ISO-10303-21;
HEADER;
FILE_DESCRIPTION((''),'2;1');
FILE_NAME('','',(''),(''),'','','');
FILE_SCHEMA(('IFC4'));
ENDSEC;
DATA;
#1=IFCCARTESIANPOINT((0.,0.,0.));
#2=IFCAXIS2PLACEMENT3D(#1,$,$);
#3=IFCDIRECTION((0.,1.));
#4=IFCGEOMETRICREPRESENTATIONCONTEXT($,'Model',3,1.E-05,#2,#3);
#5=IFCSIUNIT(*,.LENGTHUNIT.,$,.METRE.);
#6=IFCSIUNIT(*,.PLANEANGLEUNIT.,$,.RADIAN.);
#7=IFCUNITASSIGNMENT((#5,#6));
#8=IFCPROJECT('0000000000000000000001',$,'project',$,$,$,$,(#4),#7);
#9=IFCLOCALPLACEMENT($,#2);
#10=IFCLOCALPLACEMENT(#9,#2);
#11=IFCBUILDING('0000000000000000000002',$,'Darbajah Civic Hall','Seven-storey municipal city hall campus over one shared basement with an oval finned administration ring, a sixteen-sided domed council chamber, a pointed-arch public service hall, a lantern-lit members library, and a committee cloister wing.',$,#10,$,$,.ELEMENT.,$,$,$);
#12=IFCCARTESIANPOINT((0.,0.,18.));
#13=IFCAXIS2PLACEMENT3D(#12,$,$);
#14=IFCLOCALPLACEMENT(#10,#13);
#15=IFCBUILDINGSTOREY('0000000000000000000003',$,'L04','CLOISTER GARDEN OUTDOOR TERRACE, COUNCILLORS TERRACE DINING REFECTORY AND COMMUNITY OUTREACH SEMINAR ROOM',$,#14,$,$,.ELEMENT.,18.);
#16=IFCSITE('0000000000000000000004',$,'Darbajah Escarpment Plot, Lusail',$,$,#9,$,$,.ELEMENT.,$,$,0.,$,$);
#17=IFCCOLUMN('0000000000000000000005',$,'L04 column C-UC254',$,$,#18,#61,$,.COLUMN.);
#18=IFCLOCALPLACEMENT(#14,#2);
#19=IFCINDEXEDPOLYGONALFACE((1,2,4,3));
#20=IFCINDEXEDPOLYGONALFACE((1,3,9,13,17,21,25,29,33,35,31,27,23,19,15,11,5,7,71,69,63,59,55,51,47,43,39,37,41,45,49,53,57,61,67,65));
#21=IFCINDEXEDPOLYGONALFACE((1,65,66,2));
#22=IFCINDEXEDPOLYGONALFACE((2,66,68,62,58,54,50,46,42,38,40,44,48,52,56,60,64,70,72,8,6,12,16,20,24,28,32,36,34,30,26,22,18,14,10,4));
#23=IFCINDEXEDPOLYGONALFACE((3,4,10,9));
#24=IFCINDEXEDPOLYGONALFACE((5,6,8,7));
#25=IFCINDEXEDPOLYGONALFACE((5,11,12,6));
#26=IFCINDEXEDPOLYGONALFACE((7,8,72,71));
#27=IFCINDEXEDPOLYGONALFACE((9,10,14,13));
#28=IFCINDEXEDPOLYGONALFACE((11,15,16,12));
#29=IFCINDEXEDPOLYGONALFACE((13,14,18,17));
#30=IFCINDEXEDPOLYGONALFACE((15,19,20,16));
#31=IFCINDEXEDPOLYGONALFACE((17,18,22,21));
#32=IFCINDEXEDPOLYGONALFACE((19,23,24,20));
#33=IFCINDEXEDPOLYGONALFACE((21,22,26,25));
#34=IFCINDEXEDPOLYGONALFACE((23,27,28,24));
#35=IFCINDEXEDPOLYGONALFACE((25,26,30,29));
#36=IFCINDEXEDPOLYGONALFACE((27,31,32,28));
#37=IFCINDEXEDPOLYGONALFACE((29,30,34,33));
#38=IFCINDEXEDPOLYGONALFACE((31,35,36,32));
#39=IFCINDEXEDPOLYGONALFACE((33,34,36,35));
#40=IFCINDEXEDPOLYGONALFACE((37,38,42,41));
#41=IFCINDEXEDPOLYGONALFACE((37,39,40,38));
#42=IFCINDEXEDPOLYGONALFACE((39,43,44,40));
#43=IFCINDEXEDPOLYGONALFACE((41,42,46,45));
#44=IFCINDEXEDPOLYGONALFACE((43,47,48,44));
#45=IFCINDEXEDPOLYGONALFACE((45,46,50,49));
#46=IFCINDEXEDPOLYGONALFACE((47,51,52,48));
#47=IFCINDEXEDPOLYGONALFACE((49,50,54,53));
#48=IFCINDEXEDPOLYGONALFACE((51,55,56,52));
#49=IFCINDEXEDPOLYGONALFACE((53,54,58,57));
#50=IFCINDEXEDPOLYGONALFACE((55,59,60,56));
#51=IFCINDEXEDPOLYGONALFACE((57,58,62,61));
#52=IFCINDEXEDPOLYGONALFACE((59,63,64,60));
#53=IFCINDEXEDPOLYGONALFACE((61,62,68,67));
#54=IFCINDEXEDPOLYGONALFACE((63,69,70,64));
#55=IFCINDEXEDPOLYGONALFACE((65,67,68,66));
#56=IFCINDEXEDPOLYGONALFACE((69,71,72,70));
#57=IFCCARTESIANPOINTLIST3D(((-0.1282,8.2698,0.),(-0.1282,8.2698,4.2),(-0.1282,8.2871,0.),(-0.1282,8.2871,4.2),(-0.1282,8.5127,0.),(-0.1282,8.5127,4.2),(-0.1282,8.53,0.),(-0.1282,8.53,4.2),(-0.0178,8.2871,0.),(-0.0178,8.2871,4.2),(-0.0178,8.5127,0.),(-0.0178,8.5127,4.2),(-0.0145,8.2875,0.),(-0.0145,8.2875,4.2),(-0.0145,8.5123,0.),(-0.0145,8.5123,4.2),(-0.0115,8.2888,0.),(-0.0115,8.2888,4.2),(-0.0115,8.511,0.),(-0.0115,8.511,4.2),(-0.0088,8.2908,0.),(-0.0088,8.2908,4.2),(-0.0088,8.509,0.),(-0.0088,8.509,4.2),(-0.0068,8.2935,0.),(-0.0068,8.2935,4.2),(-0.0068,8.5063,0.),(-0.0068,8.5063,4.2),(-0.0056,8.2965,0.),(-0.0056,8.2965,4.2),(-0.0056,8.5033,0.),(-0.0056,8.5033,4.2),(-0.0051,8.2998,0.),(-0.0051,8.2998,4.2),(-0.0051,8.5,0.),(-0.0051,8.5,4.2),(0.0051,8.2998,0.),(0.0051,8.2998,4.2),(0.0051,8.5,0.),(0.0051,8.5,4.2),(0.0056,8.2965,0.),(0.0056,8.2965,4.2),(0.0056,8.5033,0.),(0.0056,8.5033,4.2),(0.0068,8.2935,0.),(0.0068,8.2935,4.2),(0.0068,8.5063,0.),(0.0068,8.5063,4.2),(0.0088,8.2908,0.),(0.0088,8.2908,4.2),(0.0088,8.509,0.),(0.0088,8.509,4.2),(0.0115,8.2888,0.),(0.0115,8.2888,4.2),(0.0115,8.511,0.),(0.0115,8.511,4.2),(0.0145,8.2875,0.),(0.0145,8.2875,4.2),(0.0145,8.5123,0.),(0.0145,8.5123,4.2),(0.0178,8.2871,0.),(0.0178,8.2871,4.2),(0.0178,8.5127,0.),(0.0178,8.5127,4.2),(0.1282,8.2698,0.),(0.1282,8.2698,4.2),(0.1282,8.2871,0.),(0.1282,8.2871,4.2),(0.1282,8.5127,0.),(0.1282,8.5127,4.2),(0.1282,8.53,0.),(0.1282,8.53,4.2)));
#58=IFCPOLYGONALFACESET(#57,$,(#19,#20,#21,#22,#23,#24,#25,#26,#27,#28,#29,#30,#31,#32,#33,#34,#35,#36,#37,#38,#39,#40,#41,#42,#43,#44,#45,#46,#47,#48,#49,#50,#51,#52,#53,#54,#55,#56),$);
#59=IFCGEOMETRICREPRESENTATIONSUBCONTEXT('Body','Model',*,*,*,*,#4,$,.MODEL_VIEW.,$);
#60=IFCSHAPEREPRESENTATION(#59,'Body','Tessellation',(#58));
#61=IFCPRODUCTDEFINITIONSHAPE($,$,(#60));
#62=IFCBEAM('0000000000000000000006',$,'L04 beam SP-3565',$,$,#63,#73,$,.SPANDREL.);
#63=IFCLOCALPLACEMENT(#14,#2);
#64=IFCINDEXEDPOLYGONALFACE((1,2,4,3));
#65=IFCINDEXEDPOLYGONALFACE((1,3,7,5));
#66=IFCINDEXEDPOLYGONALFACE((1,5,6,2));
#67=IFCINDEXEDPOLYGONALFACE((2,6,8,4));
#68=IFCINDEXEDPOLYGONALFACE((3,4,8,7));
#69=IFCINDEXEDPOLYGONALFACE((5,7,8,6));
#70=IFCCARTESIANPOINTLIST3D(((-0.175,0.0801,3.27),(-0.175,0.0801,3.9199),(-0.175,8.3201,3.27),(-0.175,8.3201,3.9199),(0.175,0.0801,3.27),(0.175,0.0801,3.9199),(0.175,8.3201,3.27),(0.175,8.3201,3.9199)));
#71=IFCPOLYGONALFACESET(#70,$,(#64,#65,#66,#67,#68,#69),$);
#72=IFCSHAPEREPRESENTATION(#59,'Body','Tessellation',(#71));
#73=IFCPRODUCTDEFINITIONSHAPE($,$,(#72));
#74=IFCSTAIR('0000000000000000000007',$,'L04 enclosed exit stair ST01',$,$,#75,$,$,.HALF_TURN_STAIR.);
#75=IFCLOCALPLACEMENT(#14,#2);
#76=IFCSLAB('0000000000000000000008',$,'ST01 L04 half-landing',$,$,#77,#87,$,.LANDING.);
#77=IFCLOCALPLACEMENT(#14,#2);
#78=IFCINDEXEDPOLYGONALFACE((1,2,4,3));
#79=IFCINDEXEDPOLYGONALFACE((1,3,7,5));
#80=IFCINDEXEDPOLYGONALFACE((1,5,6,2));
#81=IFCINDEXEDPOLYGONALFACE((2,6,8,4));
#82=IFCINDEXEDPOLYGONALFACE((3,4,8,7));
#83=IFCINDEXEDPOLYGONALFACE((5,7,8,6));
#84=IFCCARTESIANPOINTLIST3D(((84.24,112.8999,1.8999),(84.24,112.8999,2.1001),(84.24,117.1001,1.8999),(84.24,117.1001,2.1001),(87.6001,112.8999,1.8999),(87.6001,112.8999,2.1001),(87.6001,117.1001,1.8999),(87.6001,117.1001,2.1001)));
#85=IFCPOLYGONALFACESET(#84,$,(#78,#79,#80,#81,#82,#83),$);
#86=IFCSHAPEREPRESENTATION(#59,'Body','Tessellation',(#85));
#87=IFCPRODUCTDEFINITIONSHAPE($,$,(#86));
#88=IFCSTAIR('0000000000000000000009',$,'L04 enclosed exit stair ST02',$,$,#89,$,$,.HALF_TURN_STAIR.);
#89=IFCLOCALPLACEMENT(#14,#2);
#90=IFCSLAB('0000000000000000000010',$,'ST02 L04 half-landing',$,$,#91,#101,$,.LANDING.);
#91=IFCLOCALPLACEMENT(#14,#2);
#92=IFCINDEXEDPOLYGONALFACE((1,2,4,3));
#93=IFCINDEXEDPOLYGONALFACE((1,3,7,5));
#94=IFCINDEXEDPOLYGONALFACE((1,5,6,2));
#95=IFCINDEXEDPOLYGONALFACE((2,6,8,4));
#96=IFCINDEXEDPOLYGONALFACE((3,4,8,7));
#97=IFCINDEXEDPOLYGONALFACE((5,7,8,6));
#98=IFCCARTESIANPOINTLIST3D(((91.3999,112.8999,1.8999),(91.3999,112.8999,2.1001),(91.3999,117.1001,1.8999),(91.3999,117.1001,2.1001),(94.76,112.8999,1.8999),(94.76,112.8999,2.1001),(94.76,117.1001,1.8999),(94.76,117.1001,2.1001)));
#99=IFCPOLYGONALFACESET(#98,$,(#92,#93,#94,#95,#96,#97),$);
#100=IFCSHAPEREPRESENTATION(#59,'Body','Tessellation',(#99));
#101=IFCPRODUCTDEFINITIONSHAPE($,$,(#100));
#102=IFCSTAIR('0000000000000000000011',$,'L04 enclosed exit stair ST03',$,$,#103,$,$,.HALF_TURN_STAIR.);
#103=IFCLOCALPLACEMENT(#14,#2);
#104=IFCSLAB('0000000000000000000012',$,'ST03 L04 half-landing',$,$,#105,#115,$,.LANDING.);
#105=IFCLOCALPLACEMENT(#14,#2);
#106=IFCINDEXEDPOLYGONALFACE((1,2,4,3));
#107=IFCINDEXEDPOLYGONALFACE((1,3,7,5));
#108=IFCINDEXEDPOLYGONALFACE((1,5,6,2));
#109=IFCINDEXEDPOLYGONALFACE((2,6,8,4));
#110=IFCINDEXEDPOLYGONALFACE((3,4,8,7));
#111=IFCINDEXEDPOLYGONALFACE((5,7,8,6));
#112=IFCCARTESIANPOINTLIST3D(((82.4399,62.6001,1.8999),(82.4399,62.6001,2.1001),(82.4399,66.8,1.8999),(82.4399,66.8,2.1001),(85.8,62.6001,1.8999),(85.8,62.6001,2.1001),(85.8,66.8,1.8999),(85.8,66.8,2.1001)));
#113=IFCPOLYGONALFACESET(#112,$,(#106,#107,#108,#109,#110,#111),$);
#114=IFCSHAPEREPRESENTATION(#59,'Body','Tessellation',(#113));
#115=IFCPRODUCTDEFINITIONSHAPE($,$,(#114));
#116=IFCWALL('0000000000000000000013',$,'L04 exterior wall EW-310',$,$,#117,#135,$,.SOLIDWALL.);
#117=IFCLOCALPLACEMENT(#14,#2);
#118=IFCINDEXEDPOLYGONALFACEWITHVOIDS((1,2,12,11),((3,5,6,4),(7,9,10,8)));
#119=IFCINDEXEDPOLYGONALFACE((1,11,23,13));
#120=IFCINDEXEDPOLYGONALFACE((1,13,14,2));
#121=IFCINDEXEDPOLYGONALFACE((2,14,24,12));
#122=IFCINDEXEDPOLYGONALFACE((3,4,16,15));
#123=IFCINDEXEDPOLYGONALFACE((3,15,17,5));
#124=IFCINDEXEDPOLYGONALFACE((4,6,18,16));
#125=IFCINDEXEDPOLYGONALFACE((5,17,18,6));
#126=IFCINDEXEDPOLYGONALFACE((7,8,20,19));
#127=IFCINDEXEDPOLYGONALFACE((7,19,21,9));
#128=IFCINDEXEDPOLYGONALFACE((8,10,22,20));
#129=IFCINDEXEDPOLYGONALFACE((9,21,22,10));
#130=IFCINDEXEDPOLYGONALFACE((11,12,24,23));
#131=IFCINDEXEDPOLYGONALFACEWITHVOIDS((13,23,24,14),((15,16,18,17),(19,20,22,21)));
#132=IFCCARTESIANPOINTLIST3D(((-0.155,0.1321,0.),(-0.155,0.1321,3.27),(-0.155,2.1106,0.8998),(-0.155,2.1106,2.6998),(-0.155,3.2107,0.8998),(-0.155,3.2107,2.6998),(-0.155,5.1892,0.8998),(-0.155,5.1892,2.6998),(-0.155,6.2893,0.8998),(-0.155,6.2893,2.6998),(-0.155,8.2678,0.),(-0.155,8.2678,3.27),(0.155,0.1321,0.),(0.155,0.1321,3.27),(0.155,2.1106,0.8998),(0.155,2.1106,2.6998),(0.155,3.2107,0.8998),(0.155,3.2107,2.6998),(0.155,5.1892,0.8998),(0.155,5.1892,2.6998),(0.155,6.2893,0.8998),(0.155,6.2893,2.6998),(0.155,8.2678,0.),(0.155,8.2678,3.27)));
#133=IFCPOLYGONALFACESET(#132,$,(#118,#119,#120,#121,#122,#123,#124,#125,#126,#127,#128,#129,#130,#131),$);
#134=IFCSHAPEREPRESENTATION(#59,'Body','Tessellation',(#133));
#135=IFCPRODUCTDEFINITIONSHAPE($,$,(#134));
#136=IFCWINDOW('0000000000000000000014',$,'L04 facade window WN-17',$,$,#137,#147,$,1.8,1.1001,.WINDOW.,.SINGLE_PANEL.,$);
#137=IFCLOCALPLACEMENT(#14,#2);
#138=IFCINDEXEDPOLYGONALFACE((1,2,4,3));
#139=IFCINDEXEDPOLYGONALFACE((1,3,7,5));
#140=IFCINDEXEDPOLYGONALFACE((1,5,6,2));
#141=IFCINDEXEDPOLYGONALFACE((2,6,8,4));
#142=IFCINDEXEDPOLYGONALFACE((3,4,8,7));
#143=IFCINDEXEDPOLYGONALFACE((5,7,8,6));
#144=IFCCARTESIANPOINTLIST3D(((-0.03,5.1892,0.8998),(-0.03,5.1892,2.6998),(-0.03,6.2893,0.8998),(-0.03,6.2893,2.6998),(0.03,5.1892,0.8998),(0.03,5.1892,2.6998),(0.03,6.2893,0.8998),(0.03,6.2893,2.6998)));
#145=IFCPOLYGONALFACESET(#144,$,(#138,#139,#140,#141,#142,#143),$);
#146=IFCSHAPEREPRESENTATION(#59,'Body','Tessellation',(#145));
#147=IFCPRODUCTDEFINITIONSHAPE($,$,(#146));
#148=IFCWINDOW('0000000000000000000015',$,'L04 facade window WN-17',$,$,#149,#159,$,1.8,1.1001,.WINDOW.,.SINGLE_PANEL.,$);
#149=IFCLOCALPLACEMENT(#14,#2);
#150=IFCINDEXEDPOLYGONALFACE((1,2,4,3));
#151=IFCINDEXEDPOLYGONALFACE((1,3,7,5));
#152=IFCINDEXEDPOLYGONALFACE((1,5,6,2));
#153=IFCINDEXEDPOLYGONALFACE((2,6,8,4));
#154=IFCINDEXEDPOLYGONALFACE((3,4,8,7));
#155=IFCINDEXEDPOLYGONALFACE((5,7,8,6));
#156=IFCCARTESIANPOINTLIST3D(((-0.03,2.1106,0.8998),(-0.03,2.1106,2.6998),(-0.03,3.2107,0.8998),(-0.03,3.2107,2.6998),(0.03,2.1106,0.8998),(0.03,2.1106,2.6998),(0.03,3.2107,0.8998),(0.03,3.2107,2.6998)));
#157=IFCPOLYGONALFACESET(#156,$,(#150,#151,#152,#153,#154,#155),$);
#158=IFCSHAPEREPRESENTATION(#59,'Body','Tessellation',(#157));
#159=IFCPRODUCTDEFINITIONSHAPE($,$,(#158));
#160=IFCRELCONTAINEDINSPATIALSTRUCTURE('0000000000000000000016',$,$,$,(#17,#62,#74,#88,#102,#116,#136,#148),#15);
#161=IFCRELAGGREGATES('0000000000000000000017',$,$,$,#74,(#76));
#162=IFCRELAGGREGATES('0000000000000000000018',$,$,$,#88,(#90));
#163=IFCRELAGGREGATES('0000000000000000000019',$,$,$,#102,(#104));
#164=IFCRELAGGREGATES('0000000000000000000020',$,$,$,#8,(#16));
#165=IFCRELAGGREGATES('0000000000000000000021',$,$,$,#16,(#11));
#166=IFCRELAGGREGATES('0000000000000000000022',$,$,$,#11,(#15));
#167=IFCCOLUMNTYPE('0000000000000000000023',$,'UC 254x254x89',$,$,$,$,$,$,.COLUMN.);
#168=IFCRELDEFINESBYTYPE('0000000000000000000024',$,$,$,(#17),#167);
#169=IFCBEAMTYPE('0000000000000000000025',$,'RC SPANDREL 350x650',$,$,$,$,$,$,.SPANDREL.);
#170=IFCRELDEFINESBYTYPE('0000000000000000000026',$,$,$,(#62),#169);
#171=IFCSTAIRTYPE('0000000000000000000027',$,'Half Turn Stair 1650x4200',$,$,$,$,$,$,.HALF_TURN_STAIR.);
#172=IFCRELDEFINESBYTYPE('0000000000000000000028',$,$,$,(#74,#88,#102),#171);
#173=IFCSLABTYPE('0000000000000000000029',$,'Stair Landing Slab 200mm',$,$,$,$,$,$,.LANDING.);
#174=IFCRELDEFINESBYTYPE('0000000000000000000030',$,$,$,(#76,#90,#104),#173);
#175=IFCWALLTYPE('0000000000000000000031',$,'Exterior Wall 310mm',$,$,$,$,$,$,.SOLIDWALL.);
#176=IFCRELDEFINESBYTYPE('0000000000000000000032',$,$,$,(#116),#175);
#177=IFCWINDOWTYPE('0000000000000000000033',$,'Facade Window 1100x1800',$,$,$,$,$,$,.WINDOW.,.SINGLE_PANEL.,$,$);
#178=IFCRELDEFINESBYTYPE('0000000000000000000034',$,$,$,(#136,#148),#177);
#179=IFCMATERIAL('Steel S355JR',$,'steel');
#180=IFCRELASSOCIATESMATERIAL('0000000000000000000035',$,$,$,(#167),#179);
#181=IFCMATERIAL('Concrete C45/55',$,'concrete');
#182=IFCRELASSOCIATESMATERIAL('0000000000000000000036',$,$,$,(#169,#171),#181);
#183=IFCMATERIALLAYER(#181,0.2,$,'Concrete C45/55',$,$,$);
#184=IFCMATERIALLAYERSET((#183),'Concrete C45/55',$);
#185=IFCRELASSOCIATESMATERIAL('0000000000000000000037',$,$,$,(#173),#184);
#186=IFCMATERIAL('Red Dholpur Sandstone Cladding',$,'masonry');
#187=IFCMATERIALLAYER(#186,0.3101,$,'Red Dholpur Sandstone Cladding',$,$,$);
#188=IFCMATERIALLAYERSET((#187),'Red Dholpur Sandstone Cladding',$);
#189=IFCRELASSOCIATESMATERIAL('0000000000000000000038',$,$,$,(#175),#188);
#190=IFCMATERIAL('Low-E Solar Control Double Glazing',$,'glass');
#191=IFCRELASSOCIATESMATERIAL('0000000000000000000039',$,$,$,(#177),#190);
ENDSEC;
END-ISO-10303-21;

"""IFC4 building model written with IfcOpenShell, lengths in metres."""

from ifc_helpers import new_model, si_unit, direction, frame, frame_2d, origin, origin_2d, place, context, subcontext, project, spatial, polyline, rectangle, i_section, outline, extrude, material, layer, layer_set, material_profile, profile_set, type_object, element, fill, aggregate, save


model = new_model("IFC4")

# Units and contexts
model_context = context("Model", 3, precision=1e-05, world=origin(), true_north=direction((0.0, 1.0)))
body_context = subcontext(model_context, "Body", "Model", "MODEL_VIEW")
ifc_project = project(units=[si_unit("LENGTHUNIT", "METRE"), si_unit("PLANEANGLEUNIT", "RADIAN")], contexts=[model_context])

# Site, building, storey
site_placement = place(None, origin())
site = spatial("IfcSite", under=ifc_project, at=site_placement, Name="Darbajah Escarpment Plot, Lusail", CompositionType="ELEMENT", RefElevation=0.0)
building_placement = place(site_placement, origin())
building = spatial("IfcBuilding", under=site, at=building_placement, Name="Darbajah Civic Hall", Description="Seven-storey municipal city hall campus over one shared basement with an oval finned administration ring, a sixteen-sided domed council chamber, a pointed-arch public service hall, a lantern-lit members library, and a committee cloister wing.", CompositionType="ELEMENT")
storey_placement = place(building_placement, frame((0.0, 0.0, 18.0)))
storey = spatial("IfcBuildingStorey", under=building, at=storey_placement, Name="L04", Description="CLOISTER GARDEN OUTDOOR TERRACE, COUNCILLORS TERRACE DINING REFECTORY AND COMMUNITY OUTREACH SEMINAR ROOM", CompositionType="ELEMENT", Elevation=18.0)

# Column
ifc_material_1 = material(Name="Steel S355JR", Category="steel")
ifc_material_profile_1 = material_profile(ifc_material_1, i_section(OverallWidth=0.2563, OverallDepth=0.2603, WebThickness=0.0103, FlangeThickness=0.0173, FilletRadius=0.0127, at=origin_2d()), Name="UC 254x254x89")
ifc_profile_set_1 = profile_set([ifc_material_profile_1], Name="Steel S355JR")
column_type = type_object("IfcColumnType", Name="UC 254x254x89", PredefinedType="COLUMN", material=ifc_profile_set_1)
column_placement = place(storey_placement, frame((0.0, 8.3999, 0.0), z_axis=(0.0, 0.0, 1.0), x_axis=(1.0, 0.0, 0.0)))
element("IfcColumn", 1, at=column_placement, inside=storey, type_object=column_type, Name="L04 column C-UC254", PredefinedType="COLUMN", context=body_context, shape_type="SweptSolid", body=[
    extrude(i_section(OverallWidth=0.2563, OverallDepth=0.2603, WebThickness=0.0103, FlangeThickness=0.0173, FilletRadius=0.0127, at=origin_2d()), origin(), (0.0, 0.0, 1.0), 4.2),
])

# Beam
ifc_material_2 = material(Name="Concrete C45/55", Category="concrete")
ifc_material_profile_2 = material_profile(ifc_material_2, rectangle(XDim=0.3501, YDim=0.6499, at=origin_2d()), Name="RC SPANDREL 350x650")
ifc_profile_set_2 = profile_set([ifc_material_profile_2], Name="Concrete C45/55")
beam_type = type_object("IfcBeamType", Name="RC SPANDREL 350x650", PredefinedType="SPANDREL", material=ifc_profile_set_2)
beam_placement = place(storey_placement, frame((0.0, 0.0801, 3.595), z_axis=(0.0, 1.0, 0.0), x_axis=(-1.0, 0.0, 0.0)))
element("IfcBeam", 2, at=beam_placement, inside=storey, type_object=beam_type, Name="L04 beam SP-3565", PredefinedType="SPANDREL", context=body_context, shape_type="SweptSolid", body=[
    extrude(rectangle(XDim=0.3501, YDim=0.6499, at=origin_2d()), origin(), (0.0, 0.0, 1.0), 8.24),
])

# Stairs, slabs
stair_type = type_object("IfcStairType", Name="Half Turn Stair 1650x4200", PredefinedType="HALF_TURN_STAIR", material=ifc_material_2)
stair_1_placement = place(storey_placement, origin())
stair_1 = element("IfcStair", 3, at=stair_1_placement, inside=storey, type_object=stair_type, Name="L04 enclosed exit stair ST01", PredefinedType="HALF_TURN_STAIR")
ifc_layer_1 = layer(ifc_material_2, 0.2, Name="Concrete C45/55")
ifc_layer_set_1 = layer_set([ifc_layer_1], Name="Concrete C45/55")
slab_type = type_object("IfcSlabType", Name="Stair Landing Slab 200mm", PredefinedType="LANDING", material=ifc_layer_set_1)
slab_1_placement = place(storey_placement, frame((0.0, 0.0, 1.8999)))
slab_1 = element("IfcSlab", 4, at=slab_1_placement, type_object=slab_type, Name="ST01 L04 half-landing", PredefinedType="LANDING", context=body_context, shape_type="SweptSolid", body=[
    extrude(outline(polyline([(84.24, 112.8999), (87.6001, 112.8999), (87.6001, 117.1001), (84.24, 117.1001), (84.24, 112.8999)])), origin(), (0.0, 0.0, 1.0), 0.2002),
])
aggregate(stair_1, [slab_1])
stair_2_placement = place(storey_placement, origin())
stair_2 = element("IfcStair", 5, at=stair_2_placement, inside=storey, type_object=stair_type, Name="L04 enclosed exit stair ST02", PredefinedType="HALF_TURN_STAIR")
slab_2_placement = place(storey_placement, frame((0.0, 0.0, 1.8999)))
slab_2 = element("IfcSlab", 6, at=slab_2_placement, type_object=slab_type, Name="ST02 L04 half-landing", PredefinedType="LANDING", context=body_context, shape_type="SweptSolid", body=[
    extrude(outline(polyline([(91.3999, 112.8999), (94.76, 112.8999), (94.76, 117.1001), (91.3999, 117.1001), (91.3999, 112.8999)])), origin(), (0.0, 0.0, 1.0), 0.2002),
])
aggregate(stair_2, [slab_2])
stair_3_placement = place(storey_placement, origin())
stair_3 = element("IfcStair", 7, at=stair_3_placement, inside=storey, type_object=stair_type, Name="L04 enclosed exit stair ST03", PredefinedType="HALF_TURN_STAIR")
slab_3_placement = place(storey_placement, frame((0.0, 0.0, 1.8999)))
slab_3 = element("IfcSlab", 8, at=slab_3_placement, type_object=slab_type, Name="ST03 L04 half-landing", PredefinedType="LANDING", context=body_context, shape_type="SweptSolid", body=[
    extrude(outline(polyline([(82.4399, 62.6001), (85.8, 62.6001), (85.8, 66.8), (82.4399, 66.8), (82.4399, 62.6001)])), origin(), (0.0, 0.0, 1.0), 0.2002),
])
aggregate(stair_3, [slab_3])

# Wall, openings, windows
ifc_material_3 = material(Name="Red Dholpur Sandstone Cladding", Category="masonry")
ifc_layer_2 = layer(ifc_material_3, 0.3101, Name="Red Dholpur Sandstone Cladding")
ifc_layer_set_2 = layer_set([ifc_layer_2], Name="Red Dholpur Sandstone Cladding")
wall_type = type_object("IfcWallType", Name="Exterior Wall 310mm", PredefinedType="SOLIDWALL", material=ifc_layer_set_2)
wall_placement = place(storey_placement, frame((0.0, 8.2678, 0.0), z_axis=(0.0, 0.0, 1.0), x_axis=(0.0, -1.0, 0.0)))
wall = element("IfcWall", 9, at=wall_placement, inside=storey, type_object=wall_type, Name="L04 exterior wall EW-310", PredefinedType="SOLIDWALL", context=body_context, shape_type="SweptSolid", body=[
    extrude(rectangle(XDim=8.1357, YDim=0.3101, at=frame_2d((4.0679, 0.0))), origin(), (0.0, 0.0, 1.0), 3.27),
])
opening_1_placement = place(wall_placement, frame((1.9785, 0.0, 0.8999)))
opening_1 = element("IfcOpeningElement", 10, at=opening_1_placement, cuts=wall, PredefinedType="OPENING", context=body_context, shape_type="SweptSolid", body=[
    extrude(rectangle(XDim=1.1001, YDim=1.8, at=frame_2d((0.55, 0.8999))), frame((0.0, 0.165, 0.0), z_axis=(0.0, -1.0, 0.0), x_axis=(1.0, 0.0, 0.0)), (0.0, 0.0, 1.0), 0.3301),
])
opening_2_placement = place(wall_placement, frame((5.0571, 0.0, 0.8999)))
opening_2 = element("IfcOpeningElement", 11, at=opening_2_placement, cuts=wall, PredefinedType="OPENING", context=body_context, shape_type="SweptSolid", body=[
    extrude(rectangle(XDim=1.1001, YDim=1.8, at=frame_2d((0.55, 0.8999))), frame((0.0, 0.165, 0.0), z_axis=(0.0, -1.0, 0.0), x_axis=(1.0, 0.0, 0.0)), (0.0, 0.0, 1.0), 0.3301),
])
ifc_material_4 = material(Name="Low-E Solar Control Double Glazing", Category="glass")
window_type = type_object("IfcWindowType", Name="Facade Window 1100x1800", PartitioningType="SINGLE_PANEL", PredefinedType="WINDOW", material=ifc_material_4)
window_1_placement = place(opening_1_placement, origin())
window_1 = element("IfcWindow", 12, at=window_1_placement, inside=storey, type_object=window_type, Name="L04 facade window WN-17", OverallHeight=1.8, OverallWidth=1.1001, PartitioningType="SINGLE_PANEL", PredefinedType="WINDOW", context=body_context, shape_type="SweptSolid", body=[
    extrude(rectangle(XDim=1.1001, YDim=1.8, at=frame_2d((0.55, 0.8999))), frame((0.0, 0.03, 0.0), z_axis=(0.0, -1.0, 0.0), x_axis=(1.0, 0.0, 0.0)), (0.0, 0.0, 1.0), 0.0601),
])
fill(opening_1, window_1)
window_2_placement = place(opening_2_placement, origin())
window_2 = element("IfcWindow", 13, at=window_2_placement, inside=storey, type_object=window_type, Name="L04 facade window WN-17", OverallHeight=1.8, OverallWidth=1.1001, PartitioningType="SINGLE_PANEL", PredefinedType="WINDOW", context=body_context, shape_type="SweptSolid", body=[
    extrude(rectangle(XDim=1.1001, YDim=1.8, at=frame_2d((0.55, 0.8999))), frame((0.0, 0.03, 0.0), z_axis=(0.0, -1.0, 0.0), x_axis=(1.0, 0.0, 0.0)), (0.0, 0.0, 1.0), 0.0601),
])
fill(opening_2, window_2)

save(model, "model.ifc")
